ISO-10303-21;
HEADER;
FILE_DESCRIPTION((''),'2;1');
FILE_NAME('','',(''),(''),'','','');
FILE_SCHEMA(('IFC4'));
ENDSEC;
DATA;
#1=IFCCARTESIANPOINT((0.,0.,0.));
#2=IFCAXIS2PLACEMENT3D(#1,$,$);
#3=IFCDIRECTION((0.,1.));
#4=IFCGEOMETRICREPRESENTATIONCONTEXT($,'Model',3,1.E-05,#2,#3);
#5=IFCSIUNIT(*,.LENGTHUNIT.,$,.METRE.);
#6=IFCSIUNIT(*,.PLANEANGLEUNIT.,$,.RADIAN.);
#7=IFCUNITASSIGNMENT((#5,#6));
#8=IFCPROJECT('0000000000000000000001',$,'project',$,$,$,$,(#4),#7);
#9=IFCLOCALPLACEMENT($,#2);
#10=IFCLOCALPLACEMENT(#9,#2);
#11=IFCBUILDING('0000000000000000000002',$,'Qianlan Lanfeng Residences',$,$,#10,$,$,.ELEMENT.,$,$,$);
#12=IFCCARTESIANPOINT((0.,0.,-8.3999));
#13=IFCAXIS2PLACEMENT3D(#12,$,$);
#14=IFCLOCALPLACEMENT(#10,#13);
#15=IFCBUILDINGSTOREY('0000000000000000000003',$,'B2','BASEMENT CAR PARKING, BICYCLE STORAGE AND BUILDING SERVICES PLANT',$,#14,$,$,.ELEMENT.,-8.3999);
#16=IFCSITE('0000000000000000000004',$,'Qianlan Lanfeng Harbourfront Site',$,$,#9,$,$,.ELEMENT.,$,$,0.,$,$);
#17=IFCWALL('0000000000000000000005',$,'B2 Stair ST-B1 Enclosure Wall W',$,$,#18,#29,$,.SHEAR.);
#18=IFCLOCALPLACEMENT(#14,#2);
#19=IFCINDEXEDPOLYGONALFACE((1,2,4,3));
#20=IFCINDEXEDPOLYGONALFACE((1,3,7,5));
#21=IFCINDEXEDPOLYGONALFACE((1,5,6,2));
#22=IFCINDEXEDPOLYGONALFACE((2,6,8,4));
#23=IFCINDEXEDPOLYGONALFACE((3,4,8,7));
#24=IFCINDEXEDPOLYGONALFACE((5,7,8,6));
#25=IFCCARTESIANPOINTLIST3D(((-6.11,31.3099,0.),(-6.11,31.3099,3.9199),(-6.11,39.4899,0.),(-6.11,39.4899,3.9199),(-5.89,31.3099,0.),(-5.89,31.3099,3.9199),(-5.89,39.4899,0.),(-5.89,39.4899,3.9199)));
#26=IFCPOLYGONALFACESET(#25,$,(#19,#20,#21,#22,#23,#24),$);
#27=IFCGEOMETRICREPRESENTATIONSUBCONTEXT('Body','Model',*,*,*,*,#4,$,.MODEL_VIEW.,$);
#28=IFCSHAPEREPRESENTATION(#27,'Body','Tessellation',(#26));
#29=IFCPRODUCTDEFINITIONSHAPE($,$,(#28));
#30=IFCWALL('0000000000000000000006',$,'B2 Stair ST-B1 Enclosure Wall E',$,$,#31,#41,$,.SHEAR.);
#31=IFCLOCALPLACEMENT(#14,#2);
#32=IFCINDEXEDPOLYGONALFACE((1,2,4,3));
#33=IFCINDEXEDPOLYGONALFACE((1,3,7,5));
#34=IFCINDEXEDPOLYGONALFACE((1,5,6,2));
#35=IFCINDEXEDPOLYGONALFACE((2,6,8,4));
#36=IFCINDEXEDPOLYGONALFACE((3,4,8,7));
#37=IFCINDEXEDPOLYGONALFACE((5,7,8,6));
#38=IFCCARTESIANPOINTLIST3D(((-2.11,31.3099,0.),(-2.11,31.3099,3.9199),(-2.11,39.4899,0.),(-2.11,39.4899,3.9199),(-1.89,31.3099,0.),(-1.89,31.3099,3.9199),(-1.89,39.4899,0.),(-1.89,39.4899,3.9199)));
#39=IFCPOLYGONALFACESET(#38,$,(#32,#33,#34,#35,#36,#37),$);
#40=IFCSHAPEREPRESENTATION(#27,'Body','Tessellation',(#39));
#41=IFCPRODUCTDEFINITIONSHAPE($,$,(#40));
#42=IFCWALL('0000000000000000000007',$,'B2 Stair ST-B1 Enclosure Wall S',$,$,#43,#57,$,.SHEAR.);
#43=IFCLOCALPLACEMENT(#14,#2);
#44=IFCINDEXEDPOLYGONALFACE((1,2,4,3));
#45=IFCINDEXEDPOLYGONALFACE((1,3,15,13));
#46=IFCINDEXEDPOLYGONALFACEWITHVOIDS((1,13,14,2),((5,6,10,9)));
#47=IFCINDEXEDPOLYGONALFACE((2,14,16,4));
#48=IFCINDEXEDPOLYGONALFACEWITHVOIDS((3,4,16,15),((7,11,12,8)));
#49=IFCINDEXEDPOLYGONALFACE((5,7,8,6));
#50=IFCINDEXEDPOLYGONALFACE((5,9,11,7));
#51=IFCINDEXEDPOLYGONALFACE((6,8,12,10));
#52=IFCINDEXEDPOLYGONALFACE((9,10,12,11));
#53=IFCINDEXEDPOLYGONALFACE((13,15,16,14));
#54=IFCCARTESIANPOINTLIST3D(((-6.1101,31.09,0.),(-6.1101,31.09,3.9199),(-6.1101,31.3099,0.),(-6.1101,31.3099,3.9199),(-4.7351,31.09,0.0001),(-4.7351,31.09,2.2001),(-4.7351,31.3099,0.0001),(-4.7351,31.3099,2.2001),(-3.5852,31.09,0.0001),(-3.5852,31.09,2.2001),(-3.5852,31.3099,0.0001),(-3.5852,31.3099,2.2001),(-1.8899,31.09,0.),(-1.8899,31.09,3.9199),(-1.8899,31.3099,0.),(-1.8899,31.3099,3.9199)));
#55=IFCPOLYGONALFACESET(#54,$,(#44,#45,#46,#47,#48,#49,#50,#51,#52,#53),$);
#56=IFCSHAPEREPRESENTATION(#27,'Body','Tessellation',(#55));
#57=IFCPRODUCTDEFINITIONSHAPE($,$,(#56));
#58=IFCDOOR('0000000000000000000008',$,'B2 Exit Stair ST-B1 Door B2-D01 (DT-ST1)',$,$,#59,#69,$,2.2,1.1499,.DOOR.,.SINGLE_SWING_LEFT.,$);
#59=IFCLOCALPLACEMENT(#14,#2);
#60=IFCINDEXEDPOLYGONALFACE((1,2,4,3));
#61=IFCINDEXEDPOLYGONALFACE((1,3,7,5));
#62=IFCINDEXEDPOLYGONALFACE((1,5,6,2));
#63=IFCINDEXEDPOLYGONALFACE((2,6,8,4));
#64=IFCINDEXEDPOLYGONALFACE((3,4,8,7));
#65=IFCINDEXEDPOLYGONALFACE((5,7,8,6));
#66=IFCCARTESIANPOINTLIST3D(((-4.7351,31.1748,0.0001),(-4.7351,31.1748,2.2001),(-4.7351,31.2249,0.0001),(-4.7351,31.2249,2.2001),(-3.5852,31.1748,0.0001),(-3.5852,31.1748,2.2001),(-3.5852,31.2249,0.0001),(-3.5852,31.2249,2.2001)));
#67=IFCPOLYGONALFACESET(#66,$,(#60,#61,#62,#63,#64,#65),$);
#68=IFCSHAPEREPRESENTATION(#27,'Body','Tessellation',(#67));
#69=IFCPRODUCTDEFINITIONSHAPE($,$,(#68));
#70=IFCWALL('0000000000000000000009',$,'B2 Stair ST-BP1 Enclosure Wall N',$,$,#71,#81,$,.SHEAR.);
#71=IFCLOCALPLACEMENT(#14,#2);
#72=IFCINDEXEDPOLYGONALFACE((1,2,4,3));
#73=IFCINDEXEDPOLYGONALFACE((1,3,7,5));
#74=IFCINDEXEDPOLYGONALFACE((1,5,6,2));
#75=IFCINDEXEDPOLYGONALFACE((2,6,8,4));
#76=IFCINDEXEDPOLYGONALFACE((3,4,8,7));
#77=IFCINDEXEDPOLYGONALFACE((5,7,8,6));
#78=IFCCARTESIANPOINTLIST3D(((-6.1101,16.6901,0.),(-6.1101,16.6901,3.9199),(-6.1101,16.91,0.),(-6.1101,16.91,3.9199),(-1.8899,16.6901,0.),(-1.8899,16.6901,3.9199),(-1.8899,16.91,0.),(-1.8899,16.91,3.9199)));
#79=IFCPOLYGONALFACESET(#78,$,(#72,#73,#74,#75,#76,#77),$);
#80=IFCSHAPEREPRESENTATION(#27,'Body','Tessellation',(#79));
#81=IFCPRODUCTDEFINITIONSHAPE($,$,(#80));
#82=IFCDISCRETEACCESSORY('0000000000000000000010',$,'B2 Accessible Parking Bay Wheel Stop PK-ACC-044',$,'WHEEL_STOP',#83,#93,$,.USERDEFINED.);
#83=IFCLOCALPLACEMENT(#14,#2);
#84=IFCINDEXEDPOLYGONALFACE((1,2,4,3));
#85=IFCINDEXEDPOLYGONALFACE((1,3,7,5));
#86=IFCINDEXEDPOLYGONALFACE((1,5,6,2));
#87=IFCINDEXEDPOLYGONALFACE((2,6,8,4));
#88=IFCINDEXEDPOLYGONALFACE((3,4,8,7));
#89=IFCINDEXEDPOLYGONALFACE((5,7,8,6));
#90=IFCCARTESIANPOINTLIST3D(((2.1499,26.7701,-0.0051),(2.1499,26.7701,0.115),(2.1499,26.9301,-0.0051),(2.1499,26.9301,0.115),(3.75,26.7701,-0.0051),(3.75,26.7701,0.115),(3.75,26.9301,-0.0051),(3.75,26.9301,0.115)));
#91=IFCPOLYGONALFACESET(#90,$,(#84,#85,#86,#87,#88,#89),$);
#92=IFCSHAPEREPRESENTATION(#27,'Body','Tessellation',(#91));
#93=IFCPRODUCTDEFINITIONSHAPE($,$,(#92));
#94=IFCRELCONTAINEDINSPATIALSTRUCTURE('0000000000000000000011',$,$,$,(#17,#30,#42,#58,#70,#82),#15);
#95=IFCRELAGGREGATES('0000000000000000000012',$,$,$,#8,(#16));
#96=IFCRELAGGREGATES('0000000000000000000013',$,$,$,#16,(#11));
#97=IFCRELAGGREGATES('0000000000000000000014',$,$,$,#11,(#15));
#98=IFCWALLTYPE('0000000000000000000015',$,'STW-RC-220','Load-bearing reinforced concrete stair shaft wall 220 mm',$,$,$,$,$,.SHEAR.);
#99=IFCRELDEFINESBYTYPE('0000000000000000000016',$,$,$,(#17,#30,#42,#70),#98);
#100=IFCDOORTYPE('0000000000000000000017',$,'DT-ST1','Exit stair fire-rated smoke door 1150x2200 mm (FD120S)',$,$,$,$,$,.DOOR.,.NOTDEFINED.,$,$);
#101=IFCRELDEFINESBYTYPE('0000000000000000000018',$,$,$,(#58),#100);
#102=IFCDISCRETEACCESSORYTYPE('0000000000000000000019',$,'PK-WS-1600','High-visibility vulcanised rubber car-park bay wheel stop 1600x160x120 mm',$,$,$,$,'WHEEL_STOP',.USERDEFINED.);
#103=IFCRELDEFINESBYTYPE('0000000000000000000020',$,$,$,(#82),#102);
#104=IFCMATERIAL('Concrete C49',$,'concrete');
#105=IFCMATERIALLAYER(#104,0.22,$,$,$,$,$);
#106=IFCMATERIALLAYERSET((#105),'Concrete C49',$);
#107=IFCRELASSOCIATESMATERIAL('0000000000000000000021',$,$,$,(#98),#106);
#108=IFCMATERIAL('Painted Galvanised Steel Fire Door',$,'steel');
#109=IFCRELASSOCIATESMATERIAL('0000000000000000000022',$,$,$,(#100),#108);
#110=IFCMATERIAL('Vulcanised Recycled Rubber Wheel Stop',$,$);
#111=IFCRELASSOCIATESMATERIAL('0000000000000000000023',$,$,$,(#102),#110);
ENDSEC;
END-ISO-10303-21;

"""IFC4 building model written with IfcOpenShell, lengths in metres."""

from ifc_helpers import new_model, si_unit, direction, frame, frame_2d, origin, origin_2d, place, context, subcontext, project, spatial, rectangle, extrude, source, transform, mapped, material, layer, layer_set, type_object, element, fill, save


model = new_model("IFC4")

# Units and contexts
model_context = context("Model", 3, precision=1e-05, world=origin(), true_north=direction((0.0, 1.0)))
body_context = subcontext(model_context, "Body", "Model", "MODEL_VIEW")
ifc_project = project(units=[si_unit("LENGTHUNIT", "METRE"), si_unit("PLANEANGLEUNIT", "RADIAN")], contexts=[model_context])

# Site, building, storey
site_placement = place(None, origin())
site = spatial("IfcSite", under=ifc_project, at=site_placement, Name="Qianlan Lanfeng Harbourfront Site", CompositionType="ELEMENT", RefElevation=0.0)
building_placement = place(site_placement, origin())
building = spatial("IfcBuilding", under=site, at=building_placement, Name="Qianlan Lanfeng Residences", CompositionType="ELEMENT")
storey_placement = place(building_placement, frame((0.0, 0.0, -8.3999)))
storey = spatial("IfcBuildingStorey", under=building, at=storey_placement, Name="B2", Description="BASEMENT CAR PARKING, BICYCLE STORAGE AND BUILDING SERVICES PLANT", CompositionType="ELEMENT", Elevation=-8.3999)

# Walls
ifc_material_1 = material(Name="Concrete C49", Category="concrete")
ifc_layer = layer(ifc_material_1, 0.22)
ifc_layer_set = layer_set([ifc_layer], Name="Concrete C49")
wall_type = type_object("IfcWallType", Name="STW-RC-220", Description="Load-bearing reinforced concrete stair shaft wall 220 mm", PredefinedType="SHEAR", material=ifc_layer_set)
for number, where, z_axis, x_axis, name in (
    (1, (-6.0, 31.3101, 0.0), (0.0, 0.0, 1.0), (0.0, 1.0, 0.0), "B2 Stair ST-B1 Enclosure Wall W"),
    (2, (-2.0, 31.3101, 0.0), (0.0, 0.0, 1.0), (0.0, 1.0, 0.0), "B2 Stair ST-B1 Enclosure Wall E"),
):
    element("IfcWall", number, at=place(storey_placement, frame(where, z_axis=z_axis, x_axis=x_axis)), inside=storey, type_object=wall_type, Name=name, PredefinedType="SHEAR", context=body_context, shape_type="SweptSolid", body=[
        extrude(rectangle(XDim=8.1799, YDim=0.22, at=frame_2d((4.0898, 0.0))), origin(), (0.0, 0.0, 1.0), 3.9199),
    ])

# Wall, opening, door
wall_1_placement = place(storey_placement, frame((-6.1101, 31.2, 0.0), z_axis=(0.0, 0.0, 1.0), x_axis=(1.0, 0.0, 0.0)))
wall_1 = element("IfcWall", 3, at=wall_1_placement, inside=storey, type_object=wall_type, Name="B2 Stair ST-B1 Enclosure Wall S", PredefinedType="SHEAR", context=body_context, shape_type="SweptSolid", body=[
    extrude(rectangle(XDim=4.2202, YDim=0.22, at=frame_2d((2.1101, 0.0))), origin(), (0.0, 0.0, 1.0), 3.9199),
])
opening_placement = place(wall_1_placement, frame((1.375, 0.0, 0.0)))
opening = element("IfcOpeningElement", 4, at=opening_placement, cuts=wall_1, PredefinedType="OPENING", context=body_context, shape_type="SweptSolid", body=[
    extrude(rectangle(XDim=1.1499, YDim=2.2, at=frame_2d((0.575, 1.1001))), frame((0.0, 0.1201, 0.0), z_axis=(0.0, -1.0, 0.0), x_axis=(1.0, 0.0, 0.0)), (0.0, 0.0, 1.0), 0.24),
])
ifc_material_2 = material(Name="Painted Galvanised Steel Fire Door", Category="steel")
door_type = type_object("IfcDoorType", Name="DT-ST1", Description="Exit stair fire-rated smoke door 1150x2200 mm (FD120S)", OperationType="NOTDEFINED", PredefinedType="DOOR", material=ifc_material_2)
door_placement = place(opening_placement, origin())
door = element("IfcDoor", 5, at=door_placement, inside=storey, type_object=door_type, Name="B2 Exit Stair ST-B1 Door B2-D01 (DT-ST1)", OperationType="SINGLE_SWING_LEFT", OverallHeight=2.2, OverallWidth=1.1499, PredefinedType="DOOR", context=body_context, shape_type="SweptSolid", body=[
    extrude(rectangle(XDim=1.1499, YDim=2.2, at=frame_2d((0.575, 1.1001))), frame((0.0, 0.0249, 0.0), z_axis=(0.0, -1.0, 0.0), x_axis=(1.0, 0.0, 0.0)), (0.0, 0.0, 1.0), 0.05),
])
fill(opening, door)

# Wall
wall_2_placement = place(storey_placement, frame((-6.1101, 16.8, 0.0), z_axis=(0.0, 0.0, 1.0), x_axis=(1.0, 0.0, 0.0)))
element("IfcWall", 6, at=wall_2_placement, inside=storey, type_object=wall_type, Name="B2 Stair ST-BP1 Enclosure Wall N", PredefinedType="SHEAR", context=body_context, shape_type="SweptSolid", body=[
    extrude(rectangle(XDim=4.2202, YDim=0.22, at=frame_2d((2.1101, 0.0))), origin(), (0.0, 0.0, 1.0), 3.9199),
])

# Discrete accessory
ifc_material_3 = material(Name="Vulcanised Recycled Rubber Wheel Stop")
discrete_accessory_type = type_object("IfcDiscreteAccessoryType", Name="PK-WS-1600", Description="High-visibility vulcanised rubber car-park bay wheel stop 1600x160x120 mm", ElementType="WHEEL_STOP", PredefinedType="USERDEFINED", material=ifc_material_3)
shared_shape = source(origin(), body_context, "Body", "SweptSolid", [
    extrude(rectangle(XDim=1.6001, YDim=0.1599, at=origin_2d()), origin(), (0.0, 0.0, 1.0), 0.1201),
])
discrete_accessory_placement = place(storey_placement, frame((2.95, 26.8501, -0.0051), z_axis=(0.0, 0.0, 1.0), x_axis=(1.0, 0.0, 0.0)))
element("IfcDiscreteAccessory", 7, at=discrete_accessory_placement, inside=storey, type_object=discrete_accessory_type, Name="B2 Accessible Parking Bay Wheel Stop PK-ACC-044", ObjectType="WHEEL_STOP", PredefinedType="USERDEFINED", context=body_context, shape_type="MappedRepresentation", body=[
    mapped(shared_shape, transform((0.0, 0.0, 0.0), scale=1.0)),
])

save(model, "model.ifc")
